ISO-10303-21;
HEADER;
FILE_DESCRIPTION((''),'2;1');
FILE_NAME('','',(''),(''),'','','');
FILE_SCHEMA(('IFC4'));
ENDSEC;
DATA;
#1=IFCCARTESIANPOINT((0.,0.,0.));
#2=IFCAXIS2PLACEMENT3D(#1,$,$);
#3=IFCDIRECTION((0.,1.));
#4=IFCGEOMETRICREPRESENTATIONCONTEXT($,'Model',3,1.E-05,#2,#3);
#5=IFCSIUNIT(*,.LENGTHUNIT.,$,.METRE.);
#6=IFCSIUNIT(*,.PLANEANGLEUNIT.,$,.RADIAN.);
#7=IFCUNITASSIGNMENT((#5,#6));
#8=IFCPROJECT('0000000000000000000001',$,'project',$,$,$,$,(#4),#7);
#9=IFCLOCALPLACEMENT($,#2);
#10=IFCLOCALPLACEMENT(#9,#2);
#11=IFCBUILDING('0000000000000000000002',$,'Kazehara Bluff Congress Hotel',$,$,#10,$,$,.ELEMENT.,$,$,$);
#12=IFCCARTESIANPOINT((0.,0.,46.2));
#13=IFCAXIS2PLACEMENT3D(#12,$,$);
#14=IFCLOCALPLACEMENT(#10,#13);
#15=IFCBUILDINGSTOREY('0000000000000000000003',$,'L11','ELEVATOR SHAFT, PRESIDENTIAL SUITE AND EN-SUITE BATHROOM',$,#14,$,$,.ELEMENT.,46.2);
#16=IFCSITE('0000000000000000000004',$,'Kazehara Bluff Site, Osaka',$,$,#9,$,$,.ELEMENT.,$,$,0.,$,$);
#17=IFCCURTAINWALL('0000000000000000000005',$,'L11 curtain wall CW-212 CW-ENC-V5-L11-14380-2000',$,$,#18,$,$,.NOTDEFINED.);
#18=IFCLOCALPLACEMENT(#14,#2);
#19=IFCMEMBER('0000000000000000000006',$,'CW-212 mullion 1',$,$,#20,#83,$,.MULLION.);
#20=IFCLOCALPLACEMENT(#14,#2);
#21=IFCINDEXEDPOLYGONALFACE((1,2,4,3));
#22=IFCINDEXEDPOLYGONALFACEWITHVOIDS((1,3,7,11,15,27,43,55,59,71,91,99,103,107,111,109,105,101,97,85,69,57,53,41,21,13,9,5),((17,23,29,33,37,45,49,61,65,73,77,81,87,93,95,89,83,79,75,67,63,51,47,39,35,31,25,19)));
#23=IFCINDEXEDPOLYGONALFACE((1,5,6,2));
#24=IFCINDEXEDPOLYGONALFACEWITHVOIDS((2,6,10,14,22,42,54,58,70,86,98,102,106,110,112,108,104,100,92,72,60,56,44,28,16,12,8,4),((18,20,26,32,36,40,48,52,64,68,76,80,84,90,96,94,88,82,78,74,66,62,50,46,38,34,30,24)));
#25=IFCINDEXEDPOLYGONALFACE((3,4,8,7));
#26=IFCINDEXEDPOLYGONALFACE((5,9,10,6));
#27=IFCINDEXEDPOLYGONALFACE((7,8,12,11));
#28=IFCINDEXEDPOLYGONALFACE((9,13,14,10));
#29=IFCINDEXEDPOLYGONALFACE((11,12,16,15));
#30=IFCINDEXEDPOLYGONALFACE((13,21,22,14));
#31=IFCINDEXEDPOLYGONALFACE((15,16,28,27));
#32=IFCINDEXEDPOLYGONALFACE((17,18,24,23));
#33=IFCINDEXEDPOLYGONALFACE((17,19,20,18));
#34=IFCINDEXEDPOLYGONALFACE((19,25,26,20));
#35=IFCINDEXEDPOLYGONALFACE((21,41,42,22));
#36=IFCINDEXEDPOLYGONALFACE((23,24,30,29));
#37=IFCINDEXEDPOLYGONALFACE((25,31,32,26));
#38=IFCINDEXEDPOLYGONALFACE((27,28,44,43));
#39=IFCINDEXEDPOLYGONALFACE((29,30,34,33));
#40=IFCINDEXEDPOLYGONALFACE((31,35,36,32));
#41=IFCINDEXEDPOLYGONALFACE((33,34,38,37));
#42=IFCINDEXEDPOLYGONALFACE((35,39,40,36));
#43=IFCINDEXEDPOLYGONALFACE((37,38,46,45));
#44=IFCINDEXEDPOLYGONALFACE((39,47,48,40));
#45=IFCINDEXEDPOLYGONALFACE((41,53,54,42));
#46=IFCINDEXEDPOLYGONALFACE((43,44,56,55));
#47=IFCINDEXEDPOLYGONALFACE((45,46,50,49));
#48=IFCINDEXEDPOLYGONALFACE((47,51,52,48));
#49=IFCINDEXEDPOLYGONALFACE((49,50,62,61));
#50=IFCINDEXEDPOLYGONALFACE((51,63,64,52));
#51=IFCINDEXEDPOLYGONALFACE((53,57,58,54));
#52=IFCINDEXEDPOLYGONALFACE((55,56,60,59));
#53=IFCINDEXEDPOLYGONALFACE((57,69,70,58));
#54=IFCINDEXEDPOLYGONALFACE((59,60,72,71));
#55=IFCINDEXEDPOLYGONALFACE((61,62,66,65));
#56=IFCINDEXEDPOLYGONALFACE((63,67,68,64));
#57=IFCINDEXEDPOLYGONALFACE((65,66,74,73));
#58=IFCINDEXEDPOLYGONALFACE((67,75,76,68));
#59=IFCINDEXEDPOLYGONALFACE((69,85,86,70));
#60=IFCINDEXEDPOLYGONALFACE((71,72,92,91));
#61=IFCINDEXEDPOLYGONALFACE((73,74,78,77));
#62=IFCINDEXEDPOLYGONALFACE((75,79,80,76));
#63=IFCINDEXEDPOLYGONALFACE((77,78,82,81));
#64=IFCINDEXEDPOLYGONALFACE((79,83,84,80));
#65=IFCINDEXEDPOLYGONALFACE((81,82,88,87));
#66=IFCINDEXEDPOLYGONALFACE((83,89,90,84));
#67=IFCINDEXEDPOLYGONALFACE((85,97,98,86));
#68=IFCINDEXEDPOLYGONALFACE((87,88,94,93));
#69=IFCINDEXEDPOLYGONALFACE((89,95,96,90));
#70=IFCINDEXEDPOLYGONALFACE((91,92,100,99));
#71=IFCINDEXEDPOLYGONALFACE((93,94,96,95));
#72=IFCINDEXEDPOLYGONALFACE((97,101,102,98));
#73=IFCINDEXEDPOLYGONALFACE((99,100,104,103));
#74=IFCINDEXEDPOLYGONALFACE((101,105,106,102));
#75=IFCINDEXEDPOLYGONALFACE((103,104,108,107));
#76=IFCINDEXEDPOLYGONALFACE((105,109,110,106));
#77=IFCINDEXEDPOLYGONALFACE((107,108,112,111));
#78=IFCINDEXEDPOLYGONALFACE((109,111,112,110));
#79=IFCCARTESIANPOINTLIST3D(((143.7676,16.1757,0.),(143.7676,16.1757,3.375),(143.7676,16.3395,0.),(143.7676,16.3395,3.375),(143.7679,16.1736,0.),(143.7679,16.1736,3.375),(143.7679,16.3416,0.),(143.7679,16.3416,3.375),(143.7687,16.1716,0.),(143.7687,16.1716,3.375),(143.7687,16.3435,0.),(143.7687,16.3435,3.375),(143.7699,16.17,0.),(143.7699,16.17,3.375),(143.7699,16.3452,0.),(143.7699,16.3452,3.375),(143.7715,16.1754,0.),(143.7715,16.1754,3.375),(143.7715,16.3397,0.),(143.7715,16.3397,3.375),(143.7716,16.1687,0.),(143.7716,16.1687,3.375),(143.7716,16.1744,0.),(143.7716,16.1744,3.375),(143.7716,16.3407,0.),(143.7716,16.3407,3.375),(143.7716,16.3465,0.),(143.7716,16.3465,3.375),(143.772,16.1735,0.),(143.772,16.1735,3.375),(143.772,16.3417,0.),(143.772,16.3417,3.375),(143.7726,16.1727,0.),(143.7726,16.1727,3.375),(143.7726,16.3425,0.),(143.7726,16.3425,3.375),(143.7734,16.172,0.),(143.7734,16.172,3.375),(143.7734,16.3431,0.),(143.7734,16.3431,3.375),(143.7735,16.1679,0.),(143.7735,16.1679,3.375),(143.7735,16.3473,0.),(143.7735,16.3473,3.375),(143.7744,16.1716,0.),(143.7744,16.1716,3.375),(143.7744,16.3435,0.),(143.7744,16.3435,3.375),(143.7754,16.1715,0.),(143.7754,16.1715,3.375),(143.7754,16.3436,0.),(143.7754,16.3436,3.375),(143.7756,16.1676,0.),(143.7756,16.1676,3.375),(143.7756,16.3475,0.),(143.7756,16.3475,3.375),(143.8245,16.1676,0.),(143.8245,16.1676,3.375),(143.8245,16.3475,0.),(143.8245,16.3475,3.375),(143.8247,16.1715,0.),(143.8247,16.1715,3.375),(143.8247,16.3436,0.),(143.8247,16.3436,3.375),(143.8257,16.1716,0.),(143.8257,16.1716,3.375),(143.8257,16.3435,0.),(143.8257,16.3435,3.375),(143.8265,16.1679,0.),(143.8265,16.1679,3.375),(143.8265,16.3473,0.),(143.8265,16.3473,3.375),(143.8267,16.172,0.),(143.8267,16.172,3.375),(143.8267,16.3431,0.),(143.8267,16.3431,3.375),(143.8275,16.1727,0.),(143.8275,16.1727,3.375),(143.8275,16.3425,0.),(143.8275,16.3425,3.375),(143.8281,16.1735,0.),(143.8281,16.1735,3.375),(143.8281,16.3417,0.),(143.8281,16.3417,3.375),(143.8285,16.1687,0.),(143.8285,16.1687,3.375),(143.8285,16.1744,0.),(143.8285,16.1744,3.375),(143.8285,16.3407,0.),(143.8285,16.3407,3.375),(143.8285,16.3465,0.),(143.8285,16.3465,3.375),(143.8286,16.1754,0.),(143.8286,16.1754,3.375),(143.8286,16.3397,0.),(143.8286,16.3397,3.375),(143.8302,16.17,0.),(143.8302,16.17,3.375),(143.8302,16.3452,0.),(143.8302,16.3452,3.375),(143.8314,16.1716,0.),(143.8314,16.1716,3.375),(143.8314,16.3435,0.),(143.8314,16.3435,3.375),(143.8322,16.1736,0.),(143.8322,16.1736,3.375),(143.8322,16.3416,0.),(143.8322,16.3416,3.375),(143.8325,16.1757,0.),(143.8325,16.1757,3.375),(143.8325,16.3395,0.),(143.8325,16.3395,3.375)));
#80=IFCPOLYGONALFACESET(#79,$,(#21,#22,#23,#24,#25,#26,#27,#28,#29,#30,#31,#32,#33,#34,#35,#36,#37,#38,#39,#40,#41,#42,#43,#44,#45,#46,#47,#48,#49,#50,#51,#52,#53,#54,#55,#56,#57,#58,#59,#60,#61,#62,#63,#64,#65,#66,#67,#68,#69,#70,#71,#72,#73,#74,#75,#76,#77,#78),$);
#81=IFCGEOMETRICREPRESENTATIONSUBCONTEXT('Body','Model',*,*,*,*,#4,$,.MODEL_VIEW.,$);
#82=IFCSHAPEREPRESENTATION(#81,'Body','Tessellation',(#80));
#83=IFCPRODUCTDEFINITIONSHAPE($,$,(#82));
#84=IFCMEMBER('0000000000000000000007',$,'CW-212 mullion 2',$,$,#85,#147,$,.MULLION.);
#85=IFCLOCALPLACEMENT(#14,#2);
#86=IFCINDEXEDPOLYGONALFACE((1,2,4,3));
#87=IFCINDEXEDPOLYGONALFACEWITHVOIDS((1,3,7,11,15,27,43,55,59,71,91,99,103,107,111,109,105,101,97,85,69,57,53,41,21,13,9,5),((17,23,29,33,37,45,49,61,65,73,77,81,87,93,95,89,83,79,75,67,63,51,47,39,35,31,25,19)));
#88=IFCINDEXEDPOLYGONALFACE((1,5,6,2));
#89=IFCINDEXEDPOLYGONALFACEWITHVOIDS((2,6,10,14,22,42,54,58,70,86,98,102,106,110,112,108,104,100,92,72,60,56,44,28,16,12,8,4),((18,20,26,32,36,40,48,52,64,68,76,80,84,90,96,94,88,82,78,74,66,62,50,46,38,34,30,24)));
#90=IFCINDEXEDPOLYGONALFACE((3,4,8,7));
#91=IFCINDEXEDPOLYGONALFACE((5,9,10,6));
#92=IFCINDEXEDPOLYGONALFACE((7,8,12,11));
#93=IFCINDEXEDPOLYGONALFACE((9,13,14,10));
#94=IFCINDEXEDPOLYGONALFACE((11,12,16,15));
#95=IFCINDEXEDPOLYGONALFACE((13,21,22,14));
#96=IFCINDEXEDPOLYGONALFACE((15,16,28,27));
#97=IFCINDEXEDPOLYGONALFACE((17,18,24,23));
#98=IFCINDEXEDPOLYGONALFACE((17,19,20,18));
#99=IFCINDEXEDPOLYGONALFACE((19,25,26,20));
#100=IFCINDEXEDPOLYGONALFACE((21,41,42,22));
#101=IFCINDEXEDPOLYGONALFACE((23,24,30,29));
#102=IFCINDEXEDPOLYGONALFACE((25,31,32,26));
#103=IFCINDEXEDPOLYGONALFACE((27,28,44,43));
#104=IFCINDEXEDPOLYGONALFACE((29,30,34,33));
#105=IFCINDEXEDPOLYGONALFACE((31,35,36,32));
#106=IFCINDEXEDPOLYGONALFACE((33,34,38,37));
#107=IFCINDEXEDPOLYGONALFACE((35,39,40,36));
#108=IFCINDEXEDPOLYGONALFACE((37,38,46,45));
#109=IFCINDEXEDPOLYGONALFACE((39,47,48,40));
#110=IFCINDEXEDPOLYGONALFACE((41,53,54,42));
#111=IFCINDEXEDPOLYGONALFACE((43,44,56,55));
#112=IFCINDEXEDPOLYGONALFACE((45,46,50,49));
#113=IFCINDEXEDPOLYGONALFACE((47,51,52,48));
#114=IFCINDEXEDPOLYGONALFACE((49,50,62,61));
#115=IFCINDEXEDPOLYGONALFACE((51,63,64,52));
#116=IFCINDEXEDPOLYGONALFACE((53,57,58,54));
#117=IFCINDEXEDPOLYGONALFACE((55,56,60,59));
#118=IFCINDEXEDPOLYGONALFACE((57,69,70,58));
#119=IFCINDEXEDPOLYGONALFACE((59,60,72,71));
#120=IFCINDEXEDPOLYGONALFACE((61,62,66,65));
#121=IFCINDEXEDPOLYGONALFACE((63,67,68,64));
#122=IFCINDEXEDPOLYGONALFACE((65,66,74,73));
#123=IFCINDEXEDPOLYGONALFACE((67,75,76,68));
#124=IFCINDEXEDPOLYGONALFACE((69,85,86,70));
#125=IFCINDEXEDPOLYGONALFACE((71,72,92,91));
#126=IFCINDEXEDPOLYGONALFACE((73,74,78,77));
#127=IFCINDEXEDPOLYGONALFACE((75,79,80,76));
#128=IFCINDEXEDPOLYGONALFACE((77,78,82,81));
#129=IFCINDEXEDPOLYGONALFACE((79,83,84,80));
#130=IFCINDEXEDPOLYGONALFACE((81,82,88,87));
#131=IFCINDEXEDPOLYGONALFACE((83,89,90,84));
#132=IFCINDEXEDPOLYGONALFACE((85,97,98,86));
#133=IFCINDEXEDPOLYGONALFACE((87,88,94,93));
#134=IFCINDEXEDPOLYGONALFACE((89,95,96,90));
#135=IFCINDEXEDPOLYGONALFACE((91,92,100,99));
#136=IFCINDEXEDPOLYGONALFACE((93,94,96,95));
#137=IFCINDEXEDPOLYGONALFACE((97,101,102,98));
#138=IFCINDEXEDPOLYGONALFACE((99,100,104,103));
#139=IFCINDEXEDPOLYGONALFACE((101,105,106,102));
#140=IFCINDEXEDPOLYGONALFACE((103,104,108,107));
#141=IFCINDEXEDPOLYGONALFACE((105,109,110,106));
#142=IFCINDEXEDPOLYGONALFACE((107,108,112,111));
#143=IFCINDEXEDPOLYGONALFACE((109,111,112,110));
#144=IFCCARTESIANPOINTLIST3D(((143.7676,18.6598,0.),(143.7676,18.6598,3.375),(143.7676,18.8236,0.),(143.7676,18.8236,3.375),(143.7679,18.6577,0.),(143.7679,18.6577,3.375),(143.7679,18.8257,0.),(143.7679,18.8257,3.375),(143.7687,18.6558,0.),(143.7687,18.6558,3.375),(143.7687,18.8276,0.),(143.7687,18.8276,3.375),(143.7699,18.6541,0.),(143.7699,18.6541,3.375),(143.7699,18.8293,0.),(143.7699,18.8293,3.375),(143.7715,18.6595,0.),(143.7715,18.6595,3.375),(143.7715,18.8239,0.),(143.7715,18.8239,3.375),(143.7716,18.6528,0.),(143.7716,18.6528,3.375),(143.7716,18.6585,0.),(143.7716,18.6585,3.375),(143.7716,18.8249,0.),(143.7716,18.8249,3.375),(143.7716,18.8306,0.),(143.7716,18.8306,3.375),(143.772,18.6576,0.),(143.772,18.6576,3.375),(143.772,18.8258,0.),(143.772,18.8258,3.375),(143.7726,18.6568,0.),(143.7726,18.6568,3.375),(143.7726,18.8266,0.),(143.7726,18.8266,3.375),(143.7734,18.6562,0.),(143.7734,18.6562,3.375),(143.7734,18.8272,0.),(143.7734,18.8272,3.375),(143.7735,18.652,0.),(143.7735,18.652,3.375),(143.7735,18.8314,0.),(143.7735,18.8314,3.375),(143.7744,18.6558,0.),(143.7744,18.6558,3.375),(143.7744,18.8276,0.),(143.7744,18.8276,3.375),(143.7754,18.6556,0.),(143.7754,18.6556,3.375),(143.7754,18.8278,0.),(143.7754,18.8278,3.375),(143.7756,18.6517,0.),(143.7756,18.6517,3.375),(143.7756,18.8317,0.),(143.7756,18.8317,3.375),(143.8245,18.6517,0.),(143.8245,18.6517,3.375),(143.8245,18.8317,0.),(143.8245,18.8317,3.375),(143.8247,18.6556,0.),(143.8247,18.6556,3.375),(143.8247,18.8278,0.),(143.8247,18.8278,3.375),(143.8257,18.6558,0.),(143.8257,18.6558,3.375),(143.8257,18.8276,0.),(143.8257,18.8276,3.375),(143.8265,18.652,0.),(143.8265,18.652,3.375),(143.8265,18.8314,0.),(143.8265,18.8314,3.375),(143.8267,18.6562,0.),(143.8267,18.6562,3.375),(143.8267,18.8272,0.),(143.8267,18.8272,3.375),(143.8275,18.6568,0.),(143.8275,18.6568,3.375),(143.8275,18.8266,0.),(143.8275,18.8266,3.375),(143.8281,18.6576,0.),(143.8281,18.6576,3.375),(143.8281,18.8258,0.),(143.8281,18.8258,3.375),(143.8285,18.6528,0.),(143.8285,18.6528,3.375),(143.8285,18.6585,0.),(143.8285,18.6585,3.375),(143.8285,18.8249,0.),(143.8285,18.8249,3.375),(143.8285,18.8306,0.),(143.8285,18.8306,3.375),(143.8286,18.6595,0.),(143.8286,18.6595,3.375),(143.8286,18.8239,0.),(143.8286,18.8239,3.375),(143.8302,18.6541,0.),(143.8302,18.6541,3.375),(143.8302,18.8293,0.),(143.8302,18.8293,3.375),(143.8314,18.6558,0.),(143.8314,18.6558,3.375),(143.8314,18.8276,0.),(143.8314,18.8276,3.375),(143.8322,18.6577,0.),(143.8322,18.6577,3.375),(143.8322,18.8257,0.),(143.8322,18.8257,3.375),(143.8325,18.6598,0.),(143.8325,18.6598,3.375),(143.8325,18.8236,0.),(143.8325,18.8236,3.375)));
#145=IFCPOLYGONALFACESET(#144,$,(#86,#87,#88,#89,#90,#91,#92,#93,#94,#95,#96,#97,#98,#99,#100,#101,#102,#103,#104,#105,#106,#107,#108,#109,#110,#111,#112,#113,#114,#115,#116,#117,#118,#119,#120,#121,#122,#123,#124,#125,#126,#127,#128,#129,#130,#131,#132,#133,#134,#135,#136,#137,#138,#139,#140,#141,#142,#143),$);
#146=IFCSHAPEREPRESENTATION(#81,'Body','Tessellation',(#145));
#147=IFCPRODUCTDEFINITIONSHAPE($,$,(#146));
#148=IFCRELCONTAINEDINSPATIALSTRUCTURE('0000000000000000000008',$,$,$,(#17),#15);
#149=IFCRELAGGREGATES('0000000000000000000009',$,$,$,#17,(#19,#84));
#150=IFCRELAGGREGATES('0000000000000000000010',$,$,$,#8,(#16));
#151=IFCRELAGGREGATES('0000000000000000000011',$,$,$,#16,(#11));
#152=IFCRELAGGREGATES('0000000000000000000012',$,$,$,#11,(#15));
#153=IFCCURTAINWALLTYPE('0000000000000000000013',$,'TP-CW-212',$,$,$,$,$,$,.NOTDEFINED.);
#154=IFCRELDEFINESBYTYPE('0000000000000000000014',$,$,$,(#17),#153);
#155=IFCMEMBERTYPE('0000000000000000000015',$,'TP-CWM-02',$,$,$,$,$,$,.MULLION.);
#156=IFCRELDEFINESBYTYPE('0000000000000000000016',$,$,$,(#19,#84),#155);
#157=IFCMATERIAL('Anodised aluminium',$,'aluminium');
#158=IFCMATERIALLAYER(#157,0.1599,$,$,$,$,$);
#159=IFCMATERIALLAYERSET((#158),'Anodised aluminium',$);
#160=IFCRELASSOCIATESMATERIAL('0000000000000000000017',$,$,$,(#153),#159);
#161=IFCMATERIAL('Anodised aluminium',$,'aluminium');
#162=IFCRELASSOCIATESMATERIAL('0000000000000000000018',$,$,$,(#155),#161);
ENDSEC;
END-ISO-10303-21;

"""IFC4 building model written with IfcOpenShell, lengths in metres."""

from ifc_helpers import new_model, si_unit, direction, frame, origin, origin_2d, place, context, subcontext, project, spatial, hollow_rectangle, extrude, material, layer, layer_set, material_profile, profile_set, type_object, element, aggregate, save


model = new_model("IFC4")

# Units and contexts
model_context = context("Model", 3, precision=1e-05, world=origin(), true_north=direction((0.0, 1.0)))
body_context = subcontext(model_context, "Body", "Model", "MODEL_VIEW")
ifc_project = project(units=[si_unit("LENGTHUNIT", "METRE"), si_unit("PLANEANGLEUNIT", "RADIAN")], contexts=[model_context])

# Site, building, storey
site_placement = place(None, origin())
site = spatial("IfcSite", under=ifc_project, at=site_placement, Name="Kazehara Bluff Site, Osaka", CompositionType="ELEMENT", RefElevation=0.0)
building_placement = place(site_placement, origin())
building = spatial("IfcBuilding", under=site, at=building_placement, Name="Kazehara Bluff Congress Hotel", CompositionType="ELEMENT")
storey_placement = place(building_placement, frame((0.0, 0.0, 46.2)))
storey = spatial("IfcBuildingStorey", under=building, at=storey_placement, Name="L11", Description="ELEVATOR SHAFT, PRESIDENTIAL SUITE AND EN-SUITE BATHROOM", CompositionType="ELEMENT", Elevation=46.2)

# Curtain wall, members
ifc_material_1 = material(Name="Anodised aluminium", Category="aluminium")
ifc_layer_1 = layer(ifc_material_1, 0.1599)
ifc_layer_set_1 = layer_set([ifc_layer_1], Name="Anodised aluminium")
curtain_wall_type = type_object("IfcCurtainWallType", Name="TP-CW-212", PredefinedType="NOTDEFINED", material=ifc_layer_set_1)
curtain_wall_placement = place(storey_placement, origin())
curtain_wall = element("IfcCurtainWall", 1, at=curtain_wall_placement, inside=storey, type_object=curtain_wall_type, Name="L11 curtain wall CW-212 CW-ENC-V5-L11-14380-2000", PredefinedType="NOTDEFINED")
ifc_material_2 = material(Name="Anodised aluminium", Category="aluminium")
ifc_material_profile_1 = material_profile(ifc_material_2, hollow_rectangle(XDim=0.0649, YDim=0.1799, WallThickness=0.0039, InnerFilletRadius=0.0039, OuterFilletRadius=0.0081, at=origin_2d()))
ifc_profile_set_1 = profile_set([ifc_material_profile_1], Name="Anodised aluminium")
member_type_1 = type_object("IfcMemberType", Name="TP-CWM-02", PredefinedType="MULLION", material=ifc_profile_set_1)
member_1_placement = place(storey_placement, frame((143.8, 16.2576, 0.0), z_axis=(0.0, 0.0, 1.0), x_axis=(-1.0, 0.0, 0.0)))
member_1 = element("IfcMember", 2, at=member_1_placement, type_object=member_type_1, Name="CW-212 mullion 1", PredefinedType="MULLION", context=body_context, shape_type="SweptSolid", body=[
    extrude(hollow_rectangle(XDim=0.0649, YDim=0.1799, WallThickness=0.0039, InnerFilletRadius=0.0039, OuterFilletRadius=0.0081, at=origin_2d()), origin(), (0.0, 0.0, 1.0), 3.375),
])
member_2_placement = place(storey_placement, frame((143.8, 18.7417, 0.0), z_axis=(0.0, 0.0, 1.0), x_axis=(-1.0, 0.0, 0.0)))
member_2 = element("IfcMember", 3, at=member_2_placement, type_object=member_type_1, Name="CW-212 mullion 2", PredefinedType="MULLION", context=body_context, shape_type="SweptSolid", body=[
    extrude(hollow_rectangle(XDim=0.0649, YDim=0.1799, WallThickness=0.0039, InnerFilletRadius=0.0039, OuterFilletRadius=0.0081, at=origin_2d()), origin(), (0.0, 0.0, 1.0), 3.375),
])

aggregate(curtain_wall, [member_1, member_2])

save(model, "model.ifc")
